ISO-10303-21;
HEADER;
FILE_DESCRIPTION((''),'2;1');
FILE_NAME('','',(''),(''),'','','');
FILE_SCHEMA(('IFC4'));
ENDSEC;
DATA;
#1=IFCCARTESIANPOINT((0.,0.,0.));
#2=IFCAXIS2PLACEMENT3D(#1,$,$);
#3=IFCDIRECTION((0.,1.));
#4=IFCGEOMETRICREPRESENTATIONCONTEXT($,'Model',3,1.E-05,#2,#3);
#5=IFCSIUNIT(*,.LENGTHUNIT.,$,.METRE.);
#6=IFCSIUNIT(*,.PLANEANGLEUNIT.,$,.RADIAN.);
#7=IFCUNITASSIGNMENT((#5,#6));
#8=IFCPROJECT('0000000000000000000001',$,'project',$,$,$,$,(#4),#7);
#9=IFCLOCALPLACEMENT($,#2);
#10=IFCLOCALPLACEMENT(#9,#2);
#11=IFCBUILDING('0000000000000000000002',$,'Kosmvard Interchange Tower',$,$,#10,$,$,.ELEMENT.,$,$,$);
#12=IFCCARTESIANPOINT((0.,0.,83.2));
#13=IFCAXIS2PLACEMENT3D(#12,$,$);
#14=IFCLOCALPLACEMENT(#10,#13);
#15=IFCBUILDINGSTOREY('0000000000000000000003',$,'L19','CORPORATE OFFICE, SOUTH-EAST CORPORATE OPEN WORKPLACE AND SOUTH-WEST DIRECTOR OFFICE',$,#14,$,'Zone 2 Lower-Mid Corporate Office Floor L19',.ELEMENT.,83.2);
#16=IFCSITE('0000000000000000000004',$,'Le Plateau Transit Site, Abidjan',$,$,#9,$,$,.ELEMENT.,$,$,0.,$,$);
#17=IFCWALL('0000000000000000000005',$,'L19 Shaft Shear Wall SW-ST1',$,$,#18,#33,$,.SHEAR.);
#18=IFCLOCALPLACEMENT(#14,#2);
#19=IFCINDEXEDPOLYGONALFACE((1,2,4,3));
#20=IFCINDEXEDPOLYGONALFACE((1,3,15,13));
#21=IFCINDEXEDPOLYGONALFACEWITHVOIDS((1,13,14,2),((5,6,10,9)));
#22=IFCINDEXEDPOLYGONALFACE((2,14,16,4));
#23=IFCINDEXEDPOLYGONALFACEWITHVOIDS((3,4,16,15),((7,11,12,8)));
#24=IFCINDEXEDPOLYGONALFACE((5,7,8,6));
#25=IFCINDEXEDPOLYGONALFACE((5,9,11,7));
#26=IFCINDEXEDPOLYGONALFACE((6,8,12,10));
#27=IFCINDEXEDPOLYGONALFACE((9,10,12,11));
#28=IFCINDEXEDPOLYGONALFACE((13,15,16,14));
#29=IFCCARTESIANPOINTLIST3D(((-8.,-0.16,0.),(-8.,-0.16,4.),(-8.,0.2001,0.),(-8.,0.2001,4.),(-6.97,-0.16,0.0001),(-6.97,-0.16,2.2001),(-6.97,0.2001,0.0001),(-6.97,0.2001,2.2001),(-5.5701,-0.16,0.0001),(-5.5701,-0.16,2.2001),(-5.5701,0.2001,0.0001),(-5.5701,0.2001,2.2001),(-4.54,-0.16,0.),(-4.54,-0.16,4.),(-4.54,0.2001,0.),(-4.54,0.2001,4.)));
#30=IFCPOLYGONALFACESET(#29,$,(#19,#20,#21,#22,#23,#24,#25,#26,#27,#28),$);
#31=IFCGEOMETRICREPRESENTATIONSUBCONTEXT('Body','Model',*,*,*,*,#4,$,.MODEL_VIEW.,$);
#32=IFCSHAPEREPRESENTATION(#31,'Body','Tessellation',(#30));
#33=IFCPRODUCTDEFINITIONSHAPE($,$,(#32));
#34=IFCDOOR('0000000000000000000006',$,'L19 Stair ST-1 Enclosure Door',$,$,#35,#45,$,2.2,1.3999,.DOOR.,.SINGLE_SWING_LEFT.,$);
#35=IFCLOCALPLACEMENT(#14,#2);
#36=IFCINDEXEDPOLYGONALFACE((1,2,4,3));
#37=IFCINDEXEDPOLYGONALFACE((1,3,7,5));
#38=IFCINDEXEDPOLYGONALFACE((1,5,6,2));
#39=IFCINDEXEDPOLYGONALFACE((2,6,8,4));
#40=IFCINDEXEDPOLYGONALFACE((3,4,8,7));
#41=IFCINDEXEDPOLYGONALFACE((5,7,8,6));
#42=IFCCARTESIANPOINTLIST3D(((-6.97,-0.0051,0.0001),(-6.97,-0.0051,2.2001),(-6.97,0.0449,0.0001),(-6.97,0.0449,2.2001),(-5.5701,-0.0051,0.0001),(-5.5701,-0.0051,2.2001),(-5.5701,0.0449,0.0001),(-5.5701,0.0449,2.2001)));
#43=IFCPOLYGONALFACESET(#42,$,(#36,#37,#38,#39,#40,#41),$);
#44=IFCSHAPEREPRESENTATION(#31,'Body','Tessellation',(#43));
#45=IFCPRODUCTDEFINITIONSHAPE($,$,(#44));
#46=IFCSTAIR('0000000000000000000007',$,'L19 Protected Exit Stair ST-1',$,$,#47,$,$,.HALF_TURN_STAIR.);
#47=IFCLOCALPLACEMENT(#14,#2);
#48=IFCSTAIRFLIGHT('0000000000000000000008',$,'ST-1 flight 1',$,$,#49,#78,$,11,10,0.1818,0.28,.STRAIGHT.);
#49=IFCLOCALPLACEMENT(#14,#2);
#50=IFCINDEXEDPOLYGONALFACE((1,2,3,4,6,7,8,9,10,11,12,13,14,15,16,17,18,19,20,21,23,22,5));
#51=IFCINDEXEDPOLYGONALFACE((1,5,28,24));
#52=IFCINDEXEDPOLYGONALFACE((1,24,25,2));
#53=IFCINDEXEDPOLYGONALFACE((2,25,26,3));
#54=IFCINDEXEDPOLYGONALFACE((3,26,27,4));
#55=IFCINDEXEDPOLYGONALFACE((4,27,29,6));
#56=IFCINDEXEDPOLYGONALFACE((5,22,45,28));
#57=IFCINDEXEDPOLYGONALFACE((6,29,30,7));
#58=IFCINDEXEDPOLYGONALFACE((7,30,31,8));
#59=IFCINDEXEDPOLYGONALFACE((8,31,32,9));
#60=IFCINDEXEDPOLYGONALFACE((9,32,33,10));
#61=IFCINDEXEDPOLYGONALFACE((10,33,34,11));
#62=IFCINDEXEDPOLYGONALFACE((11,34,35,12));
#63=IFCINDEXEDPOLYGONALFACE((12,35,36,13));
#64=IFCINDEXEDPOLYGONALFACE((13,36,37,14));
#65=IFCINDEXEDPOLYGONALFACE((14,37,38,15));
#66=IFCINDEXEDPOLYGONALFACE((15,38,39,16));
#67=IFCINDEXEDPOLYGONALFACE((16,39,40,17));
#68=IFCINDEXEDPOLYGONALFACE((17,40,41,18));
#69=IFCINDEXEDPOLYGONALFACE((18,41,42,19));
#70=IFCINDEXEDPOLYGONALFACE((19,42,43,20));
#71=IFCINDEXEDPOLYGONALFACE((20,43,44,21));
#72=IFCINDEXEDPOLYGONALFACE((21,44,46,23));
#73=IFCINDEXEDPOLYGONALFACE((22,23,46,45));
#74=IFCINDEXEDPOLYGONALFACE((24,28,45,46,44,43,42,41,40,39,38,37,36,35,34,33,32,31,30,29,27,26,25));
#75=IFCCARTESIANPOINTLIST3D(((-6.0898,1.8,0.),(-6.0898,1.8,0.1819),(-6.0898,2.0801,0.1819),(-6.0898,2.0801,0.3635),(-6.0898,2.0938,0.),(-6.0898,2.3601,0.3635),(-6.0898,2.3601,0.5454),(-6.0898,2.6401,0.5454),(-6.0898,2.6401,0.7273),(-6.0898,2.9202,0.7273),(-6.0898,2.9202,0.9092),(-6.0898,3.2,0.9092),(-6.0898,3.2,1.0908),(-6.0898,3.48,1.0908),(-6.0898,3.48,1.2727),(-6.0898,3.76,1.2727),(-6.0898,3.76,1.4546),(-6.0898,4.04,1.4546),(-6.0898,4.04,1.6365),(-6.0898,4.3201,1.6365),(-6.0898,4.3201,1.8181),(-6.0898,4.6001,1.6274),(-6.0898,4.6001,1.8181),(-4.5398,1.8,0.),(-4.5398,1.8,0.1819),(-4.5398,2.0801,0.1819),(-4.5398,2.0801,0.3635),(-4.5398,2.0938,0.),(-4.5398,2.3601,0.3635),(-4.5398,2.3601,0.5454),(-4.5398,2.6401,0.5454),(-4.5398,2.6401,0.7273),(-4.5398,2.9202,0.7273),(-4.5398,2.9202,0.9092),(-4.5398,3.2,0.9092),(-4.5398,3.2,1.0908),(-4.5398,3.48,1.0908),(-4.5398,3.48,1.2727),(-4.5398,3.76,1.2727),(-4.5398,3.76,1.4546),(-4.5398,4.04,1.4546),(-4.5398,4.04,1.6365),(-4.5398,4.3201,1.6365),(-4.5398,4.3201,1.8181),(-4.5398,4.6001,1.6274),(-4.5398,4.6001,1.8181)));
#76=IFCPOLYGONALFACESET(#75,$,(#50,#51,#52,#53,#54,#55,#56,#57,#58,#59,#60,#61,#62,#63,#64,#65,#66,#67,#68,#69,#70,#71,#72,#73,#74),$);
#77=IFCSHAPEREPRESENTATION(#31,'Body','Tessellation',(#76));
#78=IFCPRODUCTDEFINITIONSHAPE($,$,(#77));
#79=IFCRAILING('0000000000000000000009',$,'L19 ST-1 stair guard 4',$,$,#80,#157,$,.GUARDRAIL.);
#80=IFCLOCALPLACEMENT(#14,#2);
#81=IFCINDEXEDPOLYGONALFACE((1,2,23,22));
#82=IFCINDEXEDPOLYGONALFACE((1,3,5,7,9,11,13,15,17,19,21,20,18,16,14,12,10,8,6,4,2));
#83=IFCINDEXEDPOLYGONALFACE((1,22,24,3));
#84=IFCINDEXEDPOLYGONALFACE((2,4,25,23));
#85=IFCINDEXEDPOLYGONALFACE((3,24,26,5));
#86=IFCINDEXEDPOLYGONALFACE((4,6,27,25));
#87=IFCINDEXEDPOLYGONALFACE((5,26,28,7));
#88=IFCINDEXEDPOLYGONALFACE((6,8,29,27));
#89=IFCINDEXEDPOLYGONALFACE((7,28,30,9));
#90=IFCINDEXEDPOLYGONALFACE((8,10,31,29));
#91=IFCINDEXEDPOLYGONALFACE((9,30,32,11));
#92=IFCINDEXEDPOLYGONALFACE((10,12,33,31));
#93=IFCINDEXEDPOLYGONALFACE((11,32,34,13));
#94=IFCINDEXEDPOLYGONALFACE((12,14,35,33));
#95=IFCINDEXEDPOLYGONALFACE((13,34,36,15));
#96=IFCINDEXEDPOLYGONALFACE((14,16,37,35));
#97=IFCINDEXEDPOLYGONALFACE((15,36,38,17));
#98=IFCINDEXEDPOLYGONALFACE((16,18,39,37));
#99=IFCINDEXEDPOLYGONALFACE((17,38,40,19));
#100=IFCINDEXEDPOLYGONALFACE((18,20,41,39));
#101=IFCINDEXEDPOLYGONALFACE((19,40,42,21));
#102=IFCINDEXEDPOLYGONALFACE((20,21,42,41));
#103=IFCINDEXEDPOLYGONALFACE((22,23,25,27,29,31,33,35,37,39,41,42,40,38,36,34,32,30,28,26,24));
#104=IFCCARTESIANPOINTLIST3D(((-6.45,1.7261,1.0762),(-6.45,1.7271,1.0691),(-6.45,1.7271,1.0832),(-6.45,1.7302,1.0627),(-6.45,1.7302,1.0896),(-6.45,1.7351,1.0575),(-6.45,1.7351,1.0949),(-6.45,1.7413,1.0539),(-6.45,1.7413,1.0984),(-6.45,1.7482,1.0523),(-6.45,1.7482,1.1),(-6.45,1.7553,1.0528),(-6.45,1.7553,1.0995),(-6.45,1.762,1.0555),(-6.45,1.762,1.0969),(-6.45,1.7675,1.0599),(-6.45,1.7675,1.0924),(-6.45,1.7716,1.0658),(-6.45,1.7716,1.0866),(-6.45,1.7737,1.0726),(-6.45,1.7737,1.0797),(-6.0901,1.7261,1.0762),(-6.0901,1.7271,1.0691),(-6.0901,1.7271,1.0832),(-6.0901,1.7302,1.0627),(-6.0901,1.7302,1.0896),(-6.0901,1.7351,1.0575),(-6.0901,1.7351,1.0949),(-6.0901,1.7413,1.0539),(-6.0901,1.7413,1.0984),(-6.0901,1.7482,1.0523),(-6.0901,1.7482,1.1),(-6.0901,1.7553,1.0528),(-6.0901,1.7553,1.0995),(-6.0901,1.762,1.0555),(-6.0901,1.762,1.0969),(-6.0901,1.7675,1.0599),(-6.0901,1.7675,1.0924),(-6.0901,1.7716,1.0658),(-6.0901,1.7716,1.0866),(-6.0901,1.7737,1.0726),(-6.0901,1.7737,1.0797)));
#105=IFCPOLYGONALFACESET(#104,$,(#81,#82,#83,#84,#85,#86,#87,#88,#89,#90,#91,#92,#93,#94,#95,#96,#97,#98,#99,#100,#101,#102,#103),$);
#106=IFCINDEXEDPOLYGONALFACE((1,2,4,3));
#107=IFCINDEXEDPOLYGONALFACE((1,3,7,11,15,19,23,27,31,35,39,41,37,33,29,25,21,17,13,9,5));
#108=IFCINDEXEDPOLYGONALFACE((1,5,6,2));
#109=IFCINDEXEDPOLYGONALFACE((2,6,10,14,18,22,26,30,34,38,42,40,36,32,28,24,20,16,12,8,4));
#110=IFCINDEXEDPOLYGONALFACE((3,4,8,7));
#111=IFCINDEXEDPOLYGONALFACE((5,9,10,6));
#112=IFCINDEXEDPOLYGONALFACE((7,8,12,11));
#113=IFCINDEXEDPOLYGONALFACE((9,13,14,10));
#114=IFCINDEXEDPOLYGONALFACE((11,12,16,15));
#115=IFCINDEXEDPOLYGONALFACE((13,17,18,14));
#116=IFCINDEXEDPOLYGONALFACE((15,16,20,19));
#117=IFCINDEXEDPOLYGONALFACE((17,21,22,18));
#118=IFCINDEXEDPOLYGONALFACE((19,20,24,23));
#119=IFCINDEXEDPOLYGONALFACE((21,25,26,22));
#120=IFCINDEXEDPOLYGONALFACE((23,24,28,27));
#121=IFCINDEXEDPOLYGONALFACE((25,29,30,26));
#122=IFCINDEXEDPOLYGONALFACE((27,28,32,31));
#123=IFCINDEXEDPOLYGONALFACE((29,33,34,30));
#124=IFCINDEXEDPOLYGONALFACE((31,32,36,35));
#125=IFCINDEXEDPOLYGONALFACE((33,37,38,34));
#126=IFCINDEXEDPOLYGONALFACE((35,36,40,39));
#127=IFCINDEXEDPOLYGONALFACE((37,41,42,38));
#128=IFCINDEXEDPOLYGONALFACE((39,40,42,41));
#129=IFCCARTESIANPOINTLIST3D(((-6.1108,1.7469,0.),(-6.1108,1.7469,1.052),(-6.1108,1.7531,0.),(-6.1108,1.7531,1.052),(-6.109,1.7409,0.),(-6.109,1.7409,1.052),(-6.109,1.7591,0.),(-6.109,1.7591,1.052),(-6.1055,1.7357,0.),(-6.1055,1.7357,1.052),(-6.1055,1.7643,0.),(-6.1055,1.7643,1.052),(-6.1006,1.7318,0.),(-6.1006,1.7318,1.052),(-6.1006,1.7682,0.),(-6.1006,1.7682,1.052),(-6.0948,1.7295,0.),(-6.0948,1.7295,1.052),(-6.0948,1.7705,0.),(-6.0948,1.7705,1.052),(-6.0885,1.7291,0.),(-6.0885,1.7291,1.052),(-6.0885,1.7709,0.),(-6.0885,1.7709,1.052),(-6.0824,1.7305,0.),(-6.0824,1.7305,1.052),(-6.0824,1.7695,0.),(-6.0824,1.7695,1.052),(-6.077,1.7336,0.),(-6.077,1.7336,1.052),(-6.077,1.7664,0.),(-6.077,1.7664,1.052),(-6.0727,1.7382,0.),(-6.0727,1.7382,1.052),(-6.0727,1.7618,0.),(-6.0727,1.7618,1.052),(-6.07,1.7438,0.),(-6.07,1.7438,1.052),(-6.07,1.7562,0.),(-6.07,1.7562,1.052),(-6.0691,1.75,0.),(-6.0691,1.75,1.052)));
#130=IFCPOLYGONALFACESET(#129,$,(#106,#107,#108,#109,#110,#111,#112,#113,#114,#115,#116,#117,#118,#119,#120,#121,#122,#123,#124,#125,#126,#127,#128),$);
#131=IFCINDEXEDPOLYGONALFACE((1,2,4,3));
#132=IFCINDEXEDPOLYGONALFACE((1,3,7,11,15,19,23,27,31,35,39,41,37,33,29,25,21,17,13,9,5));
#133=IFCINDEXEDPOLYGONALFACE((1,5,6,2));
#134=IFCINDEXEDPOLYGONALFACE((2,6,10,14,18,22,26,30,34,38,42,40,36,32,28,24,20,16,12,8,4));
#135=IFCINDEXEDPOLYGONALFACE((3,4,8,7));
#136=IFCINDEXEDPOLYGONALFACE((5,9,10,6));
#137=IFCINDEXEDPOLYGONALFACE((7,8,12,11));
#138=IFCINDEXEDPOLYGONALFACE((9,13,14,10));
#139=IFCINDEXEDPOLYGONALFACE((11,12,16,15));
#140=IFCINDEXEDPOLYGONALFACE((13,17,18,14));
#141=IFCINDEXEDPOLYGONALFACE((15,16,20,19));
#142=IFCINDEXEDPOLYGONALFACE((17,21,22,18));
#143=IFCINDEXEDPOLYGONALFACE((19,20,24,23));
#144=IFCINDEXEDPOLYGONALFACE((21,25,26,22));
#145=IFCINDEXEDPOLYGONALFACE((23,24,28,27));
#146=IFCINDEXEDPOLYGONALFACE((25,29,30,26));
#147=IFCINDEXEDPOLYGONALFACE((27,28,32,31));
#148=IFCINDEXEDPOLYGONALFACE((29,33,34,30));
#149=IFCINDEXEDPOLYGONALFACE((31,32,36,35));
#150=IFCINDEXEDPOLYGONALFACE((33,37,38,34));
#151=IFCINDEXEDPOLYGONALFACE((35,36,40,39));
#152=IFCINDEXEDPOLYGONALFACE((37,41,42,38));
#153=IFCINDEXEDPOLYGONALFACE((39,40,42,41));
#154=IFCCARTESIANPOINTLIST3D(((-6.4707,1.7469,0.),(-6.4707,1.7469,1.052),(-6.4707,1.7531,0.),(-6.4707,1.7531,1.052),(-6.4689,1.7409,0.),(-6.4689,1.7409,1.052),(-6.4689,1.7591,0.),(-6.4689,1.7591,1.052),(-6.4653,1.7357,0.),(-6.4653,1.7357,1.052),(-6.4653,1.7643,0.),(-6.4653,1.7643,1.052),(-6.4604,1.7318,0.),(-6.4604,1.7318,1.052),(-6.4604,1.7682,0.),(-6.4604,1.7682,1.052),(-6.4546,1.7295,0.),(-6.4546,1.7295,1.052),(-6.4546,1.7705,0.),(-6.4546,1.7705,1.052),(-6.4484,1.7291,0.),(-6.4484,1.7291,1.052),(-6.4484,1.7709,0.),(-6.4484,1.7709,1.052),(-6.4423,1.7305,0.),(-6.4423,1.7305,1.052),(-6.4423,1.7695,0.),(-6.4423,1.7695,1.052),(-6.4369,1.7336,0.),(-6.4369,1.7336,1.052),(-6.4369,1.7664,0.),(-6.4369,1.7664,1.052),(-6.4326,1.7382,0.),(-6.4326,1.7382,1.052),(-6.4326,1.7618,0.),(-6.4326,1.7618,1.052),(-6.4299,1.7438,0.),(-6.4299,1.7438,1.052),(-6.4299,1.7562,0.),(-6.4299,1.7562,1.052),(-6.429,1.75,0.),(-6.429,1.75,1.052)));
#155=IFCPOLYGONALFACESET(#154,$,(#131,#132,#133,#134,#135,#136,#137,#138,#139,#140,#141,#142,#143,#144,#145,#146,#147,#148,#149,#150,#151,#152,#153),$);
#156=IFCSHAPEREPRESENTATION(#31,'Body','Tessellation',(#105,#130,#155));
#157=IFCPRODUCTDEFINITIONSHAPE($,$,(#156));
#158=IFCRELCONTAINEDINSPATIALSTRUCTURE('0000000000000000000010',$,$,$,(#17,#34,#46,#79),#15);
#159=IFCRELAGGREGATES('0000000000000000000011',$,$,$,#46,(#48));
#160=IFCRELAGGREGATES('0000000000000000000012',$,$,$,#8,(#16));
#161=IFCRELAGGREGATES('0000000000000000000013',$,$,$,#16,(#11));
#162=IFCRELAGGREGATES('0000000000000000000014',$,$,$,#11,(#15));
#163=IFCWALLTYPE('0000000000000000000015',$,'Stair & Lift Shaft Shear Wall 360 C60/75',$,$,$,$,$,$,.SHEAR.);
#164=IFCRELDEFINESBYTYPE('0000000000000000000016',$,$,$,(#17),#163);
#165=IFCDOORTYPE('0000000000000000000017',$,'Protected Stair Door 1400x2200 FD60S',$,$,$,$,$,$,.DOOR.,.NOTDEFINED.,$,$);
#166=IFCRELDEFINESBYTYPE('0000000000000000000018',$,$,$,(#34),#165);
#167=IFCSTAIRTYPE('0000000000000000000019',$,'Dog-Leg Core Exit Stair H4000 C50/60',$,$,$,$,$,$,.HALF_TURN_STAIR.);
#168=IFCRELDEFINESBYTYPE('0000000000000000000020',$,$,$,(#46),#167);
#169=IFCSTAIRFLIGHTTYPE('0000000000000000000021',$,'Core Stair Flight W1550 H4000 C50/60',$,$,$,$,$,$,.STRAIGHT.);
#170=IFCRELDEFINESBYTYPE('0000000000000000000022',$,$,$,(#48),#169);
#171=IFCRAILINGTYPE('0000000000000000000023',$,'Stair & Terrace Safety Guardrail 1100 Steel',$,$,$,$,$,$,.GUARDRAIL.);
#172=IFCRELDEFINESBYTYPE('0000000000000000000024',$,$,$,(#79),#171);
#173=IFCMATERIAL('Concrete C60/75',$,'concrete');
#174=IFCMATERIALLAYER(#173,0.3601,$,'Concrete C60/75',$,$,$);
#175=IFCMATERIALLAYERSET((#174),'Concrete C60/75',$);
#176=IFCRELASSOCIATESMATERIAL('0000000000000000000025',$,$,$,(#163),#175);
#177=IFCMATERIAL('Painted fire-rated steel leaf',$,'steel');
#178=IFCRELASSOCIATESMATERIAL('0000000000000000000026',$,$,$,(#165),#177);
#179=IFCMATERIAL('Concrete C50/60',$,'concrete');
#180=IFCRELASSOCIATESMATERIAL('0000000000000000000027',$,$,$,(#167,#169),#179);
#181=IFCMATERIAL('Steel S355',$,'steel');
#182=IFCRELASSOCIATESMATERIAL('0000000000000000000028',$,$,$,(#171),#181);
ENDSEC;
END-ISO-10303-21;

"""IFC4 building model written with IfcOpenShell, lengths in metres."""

from ifc_helpers import new_model, si_unit, direction, frame, frame_2d, origin, origin_2d, place, context, subcontext, project, spatial, polyline, rectangle, circle, outline, extrude, source, transform, mapped, material, layer, layer_set, type_object, element, fill, aggregate, save


model = new_model("IFC4")

# Units and contexts
model_context = context("Model", 3, precision=1e-05, world=origin(), true_north=direction((0.0, 1.0)))
body_context = subcontext(model_context, "Body", "Model", "MODEL_VIEW")
ifc_project = project(units=[si_unit("LENGTHUNIT", "METRE"), si_unit("PLANEANGLEUNIT", "RADIAN")], contexts=[model_context])

# Site, building, storey
site_placement = place(None, origin())
site = spatial("IfcSite", under=ifc_project, at=site_placement, Name="Le Plateau Transit Site, Abidjan", CompositionType="ELEMENT", RefElevation=0.0)
building_placement = place(site_placement, origin())
building = spatial("IfcBuilding", under=site, at=building_placement, Name="Kosmvard Interchange Tower", CompositionType="ELEMENT")
storey_placement = place(building_placement, frame((0.0, 0.0, 83.2)))
storey = spatial("IfcBuildingStorey", under=building, at=storey_placement, Name="L19", Description="CORPORATE OFFICE, SOUTH-EAST CORPORATE OPEN WORKPLACE AND SOUTH-WEST DIRECTOR OFFICE", LongName="Zone 2 Lower-Mid Corporate Office Floor L19", CompositionType="ELEMENT", Elevation=83.2)

# Wall, opening, door
ifc_material_1 = material(Name="Concrete C60/75", Category="concrete")
ifc_layer_1 = layer(ifc_material_1, 0.3601, Name="Concrete C60/75")
ifc_layer_set_1 = layer_set([ifc_layer_1], Name="Concrete C60/75")
wall_type_1 = type_object("IfcWallType", Name="Stair & Lift Shaft Shear Wall 360 C60/75", PredefinedType="SHEAR", material=ifc_layer_set_1)
wall_1_placement = place(storey_placement, frame((-8.0, 0.02, 0.0), z_axis=(0.0, 0.0, 1.0), x_axis=(1.0, 0.0, 0.0)))
wall_1 = element("IfcWall", 1, at=wall_1_placement, inside=storey, type_object=wall_type_1, Name="L19 Shaft Shear Wall SW-ST1", PredefinedType="SHEAR", context=body_context, shape_type="SweptSolid", body=[
    extrude(rectangle(XDim=3.46, YDim=0.3601, at=frame_2d((1.73, 0.0))), origin(), (0.0, 0.0, 1.0), 4.0),
])
opening_1_placement = place(wall_1_placement, frame((1.03, 0.0, 0.0)))
opening_1 = element("IfcOpeningElement", 2, at=opening_1_placement, cuts=wall_1, PredefinedType="OPENING", context=body_context, shape_type="SweptSolid", body=[
    extrude(rectangle(XDim=1.3999, YDim=2.2, at=frame_2d((0.7, 1.1001))), frame((0.0, 0.1899, 0.0), z_axis=(0.0, -1.0, 0.0), x_axis=(1.0, 0.0, 0.0)), (0.0, 0.0, 1.0), 0.3801),
])
ifc_material_2 = material(Name="Painted fire-rated steel leaf", Category="steel")
door_type_1 = type_object("IfcDoorType", Name="Protected Stair Door 1400x2200 FD60S", OperationType="NOTDEFINED", PredefinedType="DOOR", material=ifc_material_2)
shared_shape_1 = source(origin(), body_context, "Body", "SweptSolid", [
    extrude(rectangle(XDim=1.3999, YDim=2.2, at=frame_2d((0.7, 1.1001))), frame((0.0, 0.0249, 0.0), z_axis=(0.0, -1.0, 0.0), x_axis=(1.0, 0.0, 0.0)), (0.0, 0.0, 1.0), 0.05),
])
door_1_placement = place(opening_1_placement, origin())
door_1 = element("IfcDoor", 3, at=door_1_placement, inside=storey, type_object=door_type_1, Name="L19 Stair ST-1 Enclosure Door", OperationType="SINGLE_SWING_LEFT", OverallHeight=2.2, OverallWidth=1.3999, PredefinedType="DOOR", context=body_context, shape_type="MappedRepresentation", body=[
    mapped(shared_shape_1, transform((0.0, 0.0, 0.0), scale=1.0)),
])
fill(opening_1, door_1)

# Stair, stair flight
ifc_material_3 = material(Name="Concrete C50/60", Category="concrete")
stair_type = type_object("IfcStairType", Name="Dog-Leg Core Exit Stair H4000 C50/60", PredefinedType="HALF_TURN_STAIR", material=ifc_material_3)
stair_placement = place(storey_placement, origin())
stair = element("IfcStair", 4, at=stair_placement, inside=storey, type_object=stair_type, Name="L19 Protected Exit Stair ST-1", PredefinedType="HALF_TURN_STAIR")
stair_flight_type = type_object("IfcStairFlightType", Name="Core Stair Flight W1550 H4000 C50/60", PredefinedType="STRAIGHT", material=ifc_material_3)
shared_shape_2 = source(origin(), body_context, "Body", "SweptSolid", [
    extrude(outline(polyline([(0.0, 0.0), (0.0, 0.1819), (0.28, 0.1819), (0.28, 0.3635), (0.5601, 0.3635), (0.5601, 0.5454), (0.8401, 0.5454), (0.8401, 0.7273), (1.1201, 0.7273), (1.1201, 0.9092), (1.3999, 0.9092), (1.3999, 1.0908), (1.6799, 1.0908), (1.6799, 1.2727), (1.96, 1.2727), (1.96, 1.4546), (2.24, 1.4546), (2.24, 1.6365), (2.52, 1.6365), (2.52, 1.8181), (2.8, 1.8181), (2.8, 2.0), (2.8, 1.6274), (0.2937, 0.0), (0.0, 0.0)])), frame((0.0, 0.7749, 0.0), z_axis=(0.0, -1.0, 0.0), x_axis=(1.0, 0.0, 0.0)), (0.0, 0.0, 1.0), 1.55),
])
stair_flight_placement = place(storey_placement, frame((-5.3149, 1.8, 0.0), z_axis=(0.0, 0.0, 1.0), x_axis=(0.0, 1.0, 0.0)))
stair_flight = element("IfcStairFlight", 5, at=stair_flight_placement, type_object=stair_flight_type, Name="ST-1 flight 1", NumberOfRisers=11, NumberOfTreads=10, PredefinedType="STRAIGHT", RiserHeight=0.1818, TreadLength=0.28, context=body_context, shape_type="MappedRepresentation", body=[
    mapped(shared_shape_2, transform((0.0, 0.0, 0.0), scale=1.0)),
])
aggregate(stair, [stair_flight])

# Railing
ifc_material_4 = material(Name="Steel S355", Category="steel")
railing_type_1 = type_object("IfcRailingType", Name="Stair & Terrace Safety Guardrail 1100 Steel", PredefinedType="GUARDRAIL", material=ifc_material_4)
shared_shape_3 = source(origin(), body_context, "Body", "SweptSolid", [
    extrude(circle(Radius=0.0239, at=origin_2d()), frame((0.0, 0.0, 1.0762), z_axis=(-1.0, 0.0, 0.0), x_axis=(0.0, -1.0, 0.0)), (0.0, 0.0, 1.0), 0.3599),
    extrude(circle(Radius=0.021, at=origin_2d()), origin(), (0.0, 0.0, 1.0), 1.052),
    extrude(circle(Radius=0.021, at=origin_2d()), frame((-0.3599, 0.0, 0.0)), (0.0, 0.0, 1.0), 1.052),
])
railing_1_placement = place(storey_placement, frame((-6.0901, 1.75, 0.0)))
element("IfcRailing", 6, at=railing_1_placement, inside=storey, type_object=railing_type_1, Name="L19 ST-1 stair guard 4", PredefinedType="GUARDRAIL", context=body_context, shape_type="MappedRepresentation", body=[
    mapped(shared_shape_3, transform((0.0, 0.0, 0.0), scale=1.0)),
])

save(model, "model.ifc")
